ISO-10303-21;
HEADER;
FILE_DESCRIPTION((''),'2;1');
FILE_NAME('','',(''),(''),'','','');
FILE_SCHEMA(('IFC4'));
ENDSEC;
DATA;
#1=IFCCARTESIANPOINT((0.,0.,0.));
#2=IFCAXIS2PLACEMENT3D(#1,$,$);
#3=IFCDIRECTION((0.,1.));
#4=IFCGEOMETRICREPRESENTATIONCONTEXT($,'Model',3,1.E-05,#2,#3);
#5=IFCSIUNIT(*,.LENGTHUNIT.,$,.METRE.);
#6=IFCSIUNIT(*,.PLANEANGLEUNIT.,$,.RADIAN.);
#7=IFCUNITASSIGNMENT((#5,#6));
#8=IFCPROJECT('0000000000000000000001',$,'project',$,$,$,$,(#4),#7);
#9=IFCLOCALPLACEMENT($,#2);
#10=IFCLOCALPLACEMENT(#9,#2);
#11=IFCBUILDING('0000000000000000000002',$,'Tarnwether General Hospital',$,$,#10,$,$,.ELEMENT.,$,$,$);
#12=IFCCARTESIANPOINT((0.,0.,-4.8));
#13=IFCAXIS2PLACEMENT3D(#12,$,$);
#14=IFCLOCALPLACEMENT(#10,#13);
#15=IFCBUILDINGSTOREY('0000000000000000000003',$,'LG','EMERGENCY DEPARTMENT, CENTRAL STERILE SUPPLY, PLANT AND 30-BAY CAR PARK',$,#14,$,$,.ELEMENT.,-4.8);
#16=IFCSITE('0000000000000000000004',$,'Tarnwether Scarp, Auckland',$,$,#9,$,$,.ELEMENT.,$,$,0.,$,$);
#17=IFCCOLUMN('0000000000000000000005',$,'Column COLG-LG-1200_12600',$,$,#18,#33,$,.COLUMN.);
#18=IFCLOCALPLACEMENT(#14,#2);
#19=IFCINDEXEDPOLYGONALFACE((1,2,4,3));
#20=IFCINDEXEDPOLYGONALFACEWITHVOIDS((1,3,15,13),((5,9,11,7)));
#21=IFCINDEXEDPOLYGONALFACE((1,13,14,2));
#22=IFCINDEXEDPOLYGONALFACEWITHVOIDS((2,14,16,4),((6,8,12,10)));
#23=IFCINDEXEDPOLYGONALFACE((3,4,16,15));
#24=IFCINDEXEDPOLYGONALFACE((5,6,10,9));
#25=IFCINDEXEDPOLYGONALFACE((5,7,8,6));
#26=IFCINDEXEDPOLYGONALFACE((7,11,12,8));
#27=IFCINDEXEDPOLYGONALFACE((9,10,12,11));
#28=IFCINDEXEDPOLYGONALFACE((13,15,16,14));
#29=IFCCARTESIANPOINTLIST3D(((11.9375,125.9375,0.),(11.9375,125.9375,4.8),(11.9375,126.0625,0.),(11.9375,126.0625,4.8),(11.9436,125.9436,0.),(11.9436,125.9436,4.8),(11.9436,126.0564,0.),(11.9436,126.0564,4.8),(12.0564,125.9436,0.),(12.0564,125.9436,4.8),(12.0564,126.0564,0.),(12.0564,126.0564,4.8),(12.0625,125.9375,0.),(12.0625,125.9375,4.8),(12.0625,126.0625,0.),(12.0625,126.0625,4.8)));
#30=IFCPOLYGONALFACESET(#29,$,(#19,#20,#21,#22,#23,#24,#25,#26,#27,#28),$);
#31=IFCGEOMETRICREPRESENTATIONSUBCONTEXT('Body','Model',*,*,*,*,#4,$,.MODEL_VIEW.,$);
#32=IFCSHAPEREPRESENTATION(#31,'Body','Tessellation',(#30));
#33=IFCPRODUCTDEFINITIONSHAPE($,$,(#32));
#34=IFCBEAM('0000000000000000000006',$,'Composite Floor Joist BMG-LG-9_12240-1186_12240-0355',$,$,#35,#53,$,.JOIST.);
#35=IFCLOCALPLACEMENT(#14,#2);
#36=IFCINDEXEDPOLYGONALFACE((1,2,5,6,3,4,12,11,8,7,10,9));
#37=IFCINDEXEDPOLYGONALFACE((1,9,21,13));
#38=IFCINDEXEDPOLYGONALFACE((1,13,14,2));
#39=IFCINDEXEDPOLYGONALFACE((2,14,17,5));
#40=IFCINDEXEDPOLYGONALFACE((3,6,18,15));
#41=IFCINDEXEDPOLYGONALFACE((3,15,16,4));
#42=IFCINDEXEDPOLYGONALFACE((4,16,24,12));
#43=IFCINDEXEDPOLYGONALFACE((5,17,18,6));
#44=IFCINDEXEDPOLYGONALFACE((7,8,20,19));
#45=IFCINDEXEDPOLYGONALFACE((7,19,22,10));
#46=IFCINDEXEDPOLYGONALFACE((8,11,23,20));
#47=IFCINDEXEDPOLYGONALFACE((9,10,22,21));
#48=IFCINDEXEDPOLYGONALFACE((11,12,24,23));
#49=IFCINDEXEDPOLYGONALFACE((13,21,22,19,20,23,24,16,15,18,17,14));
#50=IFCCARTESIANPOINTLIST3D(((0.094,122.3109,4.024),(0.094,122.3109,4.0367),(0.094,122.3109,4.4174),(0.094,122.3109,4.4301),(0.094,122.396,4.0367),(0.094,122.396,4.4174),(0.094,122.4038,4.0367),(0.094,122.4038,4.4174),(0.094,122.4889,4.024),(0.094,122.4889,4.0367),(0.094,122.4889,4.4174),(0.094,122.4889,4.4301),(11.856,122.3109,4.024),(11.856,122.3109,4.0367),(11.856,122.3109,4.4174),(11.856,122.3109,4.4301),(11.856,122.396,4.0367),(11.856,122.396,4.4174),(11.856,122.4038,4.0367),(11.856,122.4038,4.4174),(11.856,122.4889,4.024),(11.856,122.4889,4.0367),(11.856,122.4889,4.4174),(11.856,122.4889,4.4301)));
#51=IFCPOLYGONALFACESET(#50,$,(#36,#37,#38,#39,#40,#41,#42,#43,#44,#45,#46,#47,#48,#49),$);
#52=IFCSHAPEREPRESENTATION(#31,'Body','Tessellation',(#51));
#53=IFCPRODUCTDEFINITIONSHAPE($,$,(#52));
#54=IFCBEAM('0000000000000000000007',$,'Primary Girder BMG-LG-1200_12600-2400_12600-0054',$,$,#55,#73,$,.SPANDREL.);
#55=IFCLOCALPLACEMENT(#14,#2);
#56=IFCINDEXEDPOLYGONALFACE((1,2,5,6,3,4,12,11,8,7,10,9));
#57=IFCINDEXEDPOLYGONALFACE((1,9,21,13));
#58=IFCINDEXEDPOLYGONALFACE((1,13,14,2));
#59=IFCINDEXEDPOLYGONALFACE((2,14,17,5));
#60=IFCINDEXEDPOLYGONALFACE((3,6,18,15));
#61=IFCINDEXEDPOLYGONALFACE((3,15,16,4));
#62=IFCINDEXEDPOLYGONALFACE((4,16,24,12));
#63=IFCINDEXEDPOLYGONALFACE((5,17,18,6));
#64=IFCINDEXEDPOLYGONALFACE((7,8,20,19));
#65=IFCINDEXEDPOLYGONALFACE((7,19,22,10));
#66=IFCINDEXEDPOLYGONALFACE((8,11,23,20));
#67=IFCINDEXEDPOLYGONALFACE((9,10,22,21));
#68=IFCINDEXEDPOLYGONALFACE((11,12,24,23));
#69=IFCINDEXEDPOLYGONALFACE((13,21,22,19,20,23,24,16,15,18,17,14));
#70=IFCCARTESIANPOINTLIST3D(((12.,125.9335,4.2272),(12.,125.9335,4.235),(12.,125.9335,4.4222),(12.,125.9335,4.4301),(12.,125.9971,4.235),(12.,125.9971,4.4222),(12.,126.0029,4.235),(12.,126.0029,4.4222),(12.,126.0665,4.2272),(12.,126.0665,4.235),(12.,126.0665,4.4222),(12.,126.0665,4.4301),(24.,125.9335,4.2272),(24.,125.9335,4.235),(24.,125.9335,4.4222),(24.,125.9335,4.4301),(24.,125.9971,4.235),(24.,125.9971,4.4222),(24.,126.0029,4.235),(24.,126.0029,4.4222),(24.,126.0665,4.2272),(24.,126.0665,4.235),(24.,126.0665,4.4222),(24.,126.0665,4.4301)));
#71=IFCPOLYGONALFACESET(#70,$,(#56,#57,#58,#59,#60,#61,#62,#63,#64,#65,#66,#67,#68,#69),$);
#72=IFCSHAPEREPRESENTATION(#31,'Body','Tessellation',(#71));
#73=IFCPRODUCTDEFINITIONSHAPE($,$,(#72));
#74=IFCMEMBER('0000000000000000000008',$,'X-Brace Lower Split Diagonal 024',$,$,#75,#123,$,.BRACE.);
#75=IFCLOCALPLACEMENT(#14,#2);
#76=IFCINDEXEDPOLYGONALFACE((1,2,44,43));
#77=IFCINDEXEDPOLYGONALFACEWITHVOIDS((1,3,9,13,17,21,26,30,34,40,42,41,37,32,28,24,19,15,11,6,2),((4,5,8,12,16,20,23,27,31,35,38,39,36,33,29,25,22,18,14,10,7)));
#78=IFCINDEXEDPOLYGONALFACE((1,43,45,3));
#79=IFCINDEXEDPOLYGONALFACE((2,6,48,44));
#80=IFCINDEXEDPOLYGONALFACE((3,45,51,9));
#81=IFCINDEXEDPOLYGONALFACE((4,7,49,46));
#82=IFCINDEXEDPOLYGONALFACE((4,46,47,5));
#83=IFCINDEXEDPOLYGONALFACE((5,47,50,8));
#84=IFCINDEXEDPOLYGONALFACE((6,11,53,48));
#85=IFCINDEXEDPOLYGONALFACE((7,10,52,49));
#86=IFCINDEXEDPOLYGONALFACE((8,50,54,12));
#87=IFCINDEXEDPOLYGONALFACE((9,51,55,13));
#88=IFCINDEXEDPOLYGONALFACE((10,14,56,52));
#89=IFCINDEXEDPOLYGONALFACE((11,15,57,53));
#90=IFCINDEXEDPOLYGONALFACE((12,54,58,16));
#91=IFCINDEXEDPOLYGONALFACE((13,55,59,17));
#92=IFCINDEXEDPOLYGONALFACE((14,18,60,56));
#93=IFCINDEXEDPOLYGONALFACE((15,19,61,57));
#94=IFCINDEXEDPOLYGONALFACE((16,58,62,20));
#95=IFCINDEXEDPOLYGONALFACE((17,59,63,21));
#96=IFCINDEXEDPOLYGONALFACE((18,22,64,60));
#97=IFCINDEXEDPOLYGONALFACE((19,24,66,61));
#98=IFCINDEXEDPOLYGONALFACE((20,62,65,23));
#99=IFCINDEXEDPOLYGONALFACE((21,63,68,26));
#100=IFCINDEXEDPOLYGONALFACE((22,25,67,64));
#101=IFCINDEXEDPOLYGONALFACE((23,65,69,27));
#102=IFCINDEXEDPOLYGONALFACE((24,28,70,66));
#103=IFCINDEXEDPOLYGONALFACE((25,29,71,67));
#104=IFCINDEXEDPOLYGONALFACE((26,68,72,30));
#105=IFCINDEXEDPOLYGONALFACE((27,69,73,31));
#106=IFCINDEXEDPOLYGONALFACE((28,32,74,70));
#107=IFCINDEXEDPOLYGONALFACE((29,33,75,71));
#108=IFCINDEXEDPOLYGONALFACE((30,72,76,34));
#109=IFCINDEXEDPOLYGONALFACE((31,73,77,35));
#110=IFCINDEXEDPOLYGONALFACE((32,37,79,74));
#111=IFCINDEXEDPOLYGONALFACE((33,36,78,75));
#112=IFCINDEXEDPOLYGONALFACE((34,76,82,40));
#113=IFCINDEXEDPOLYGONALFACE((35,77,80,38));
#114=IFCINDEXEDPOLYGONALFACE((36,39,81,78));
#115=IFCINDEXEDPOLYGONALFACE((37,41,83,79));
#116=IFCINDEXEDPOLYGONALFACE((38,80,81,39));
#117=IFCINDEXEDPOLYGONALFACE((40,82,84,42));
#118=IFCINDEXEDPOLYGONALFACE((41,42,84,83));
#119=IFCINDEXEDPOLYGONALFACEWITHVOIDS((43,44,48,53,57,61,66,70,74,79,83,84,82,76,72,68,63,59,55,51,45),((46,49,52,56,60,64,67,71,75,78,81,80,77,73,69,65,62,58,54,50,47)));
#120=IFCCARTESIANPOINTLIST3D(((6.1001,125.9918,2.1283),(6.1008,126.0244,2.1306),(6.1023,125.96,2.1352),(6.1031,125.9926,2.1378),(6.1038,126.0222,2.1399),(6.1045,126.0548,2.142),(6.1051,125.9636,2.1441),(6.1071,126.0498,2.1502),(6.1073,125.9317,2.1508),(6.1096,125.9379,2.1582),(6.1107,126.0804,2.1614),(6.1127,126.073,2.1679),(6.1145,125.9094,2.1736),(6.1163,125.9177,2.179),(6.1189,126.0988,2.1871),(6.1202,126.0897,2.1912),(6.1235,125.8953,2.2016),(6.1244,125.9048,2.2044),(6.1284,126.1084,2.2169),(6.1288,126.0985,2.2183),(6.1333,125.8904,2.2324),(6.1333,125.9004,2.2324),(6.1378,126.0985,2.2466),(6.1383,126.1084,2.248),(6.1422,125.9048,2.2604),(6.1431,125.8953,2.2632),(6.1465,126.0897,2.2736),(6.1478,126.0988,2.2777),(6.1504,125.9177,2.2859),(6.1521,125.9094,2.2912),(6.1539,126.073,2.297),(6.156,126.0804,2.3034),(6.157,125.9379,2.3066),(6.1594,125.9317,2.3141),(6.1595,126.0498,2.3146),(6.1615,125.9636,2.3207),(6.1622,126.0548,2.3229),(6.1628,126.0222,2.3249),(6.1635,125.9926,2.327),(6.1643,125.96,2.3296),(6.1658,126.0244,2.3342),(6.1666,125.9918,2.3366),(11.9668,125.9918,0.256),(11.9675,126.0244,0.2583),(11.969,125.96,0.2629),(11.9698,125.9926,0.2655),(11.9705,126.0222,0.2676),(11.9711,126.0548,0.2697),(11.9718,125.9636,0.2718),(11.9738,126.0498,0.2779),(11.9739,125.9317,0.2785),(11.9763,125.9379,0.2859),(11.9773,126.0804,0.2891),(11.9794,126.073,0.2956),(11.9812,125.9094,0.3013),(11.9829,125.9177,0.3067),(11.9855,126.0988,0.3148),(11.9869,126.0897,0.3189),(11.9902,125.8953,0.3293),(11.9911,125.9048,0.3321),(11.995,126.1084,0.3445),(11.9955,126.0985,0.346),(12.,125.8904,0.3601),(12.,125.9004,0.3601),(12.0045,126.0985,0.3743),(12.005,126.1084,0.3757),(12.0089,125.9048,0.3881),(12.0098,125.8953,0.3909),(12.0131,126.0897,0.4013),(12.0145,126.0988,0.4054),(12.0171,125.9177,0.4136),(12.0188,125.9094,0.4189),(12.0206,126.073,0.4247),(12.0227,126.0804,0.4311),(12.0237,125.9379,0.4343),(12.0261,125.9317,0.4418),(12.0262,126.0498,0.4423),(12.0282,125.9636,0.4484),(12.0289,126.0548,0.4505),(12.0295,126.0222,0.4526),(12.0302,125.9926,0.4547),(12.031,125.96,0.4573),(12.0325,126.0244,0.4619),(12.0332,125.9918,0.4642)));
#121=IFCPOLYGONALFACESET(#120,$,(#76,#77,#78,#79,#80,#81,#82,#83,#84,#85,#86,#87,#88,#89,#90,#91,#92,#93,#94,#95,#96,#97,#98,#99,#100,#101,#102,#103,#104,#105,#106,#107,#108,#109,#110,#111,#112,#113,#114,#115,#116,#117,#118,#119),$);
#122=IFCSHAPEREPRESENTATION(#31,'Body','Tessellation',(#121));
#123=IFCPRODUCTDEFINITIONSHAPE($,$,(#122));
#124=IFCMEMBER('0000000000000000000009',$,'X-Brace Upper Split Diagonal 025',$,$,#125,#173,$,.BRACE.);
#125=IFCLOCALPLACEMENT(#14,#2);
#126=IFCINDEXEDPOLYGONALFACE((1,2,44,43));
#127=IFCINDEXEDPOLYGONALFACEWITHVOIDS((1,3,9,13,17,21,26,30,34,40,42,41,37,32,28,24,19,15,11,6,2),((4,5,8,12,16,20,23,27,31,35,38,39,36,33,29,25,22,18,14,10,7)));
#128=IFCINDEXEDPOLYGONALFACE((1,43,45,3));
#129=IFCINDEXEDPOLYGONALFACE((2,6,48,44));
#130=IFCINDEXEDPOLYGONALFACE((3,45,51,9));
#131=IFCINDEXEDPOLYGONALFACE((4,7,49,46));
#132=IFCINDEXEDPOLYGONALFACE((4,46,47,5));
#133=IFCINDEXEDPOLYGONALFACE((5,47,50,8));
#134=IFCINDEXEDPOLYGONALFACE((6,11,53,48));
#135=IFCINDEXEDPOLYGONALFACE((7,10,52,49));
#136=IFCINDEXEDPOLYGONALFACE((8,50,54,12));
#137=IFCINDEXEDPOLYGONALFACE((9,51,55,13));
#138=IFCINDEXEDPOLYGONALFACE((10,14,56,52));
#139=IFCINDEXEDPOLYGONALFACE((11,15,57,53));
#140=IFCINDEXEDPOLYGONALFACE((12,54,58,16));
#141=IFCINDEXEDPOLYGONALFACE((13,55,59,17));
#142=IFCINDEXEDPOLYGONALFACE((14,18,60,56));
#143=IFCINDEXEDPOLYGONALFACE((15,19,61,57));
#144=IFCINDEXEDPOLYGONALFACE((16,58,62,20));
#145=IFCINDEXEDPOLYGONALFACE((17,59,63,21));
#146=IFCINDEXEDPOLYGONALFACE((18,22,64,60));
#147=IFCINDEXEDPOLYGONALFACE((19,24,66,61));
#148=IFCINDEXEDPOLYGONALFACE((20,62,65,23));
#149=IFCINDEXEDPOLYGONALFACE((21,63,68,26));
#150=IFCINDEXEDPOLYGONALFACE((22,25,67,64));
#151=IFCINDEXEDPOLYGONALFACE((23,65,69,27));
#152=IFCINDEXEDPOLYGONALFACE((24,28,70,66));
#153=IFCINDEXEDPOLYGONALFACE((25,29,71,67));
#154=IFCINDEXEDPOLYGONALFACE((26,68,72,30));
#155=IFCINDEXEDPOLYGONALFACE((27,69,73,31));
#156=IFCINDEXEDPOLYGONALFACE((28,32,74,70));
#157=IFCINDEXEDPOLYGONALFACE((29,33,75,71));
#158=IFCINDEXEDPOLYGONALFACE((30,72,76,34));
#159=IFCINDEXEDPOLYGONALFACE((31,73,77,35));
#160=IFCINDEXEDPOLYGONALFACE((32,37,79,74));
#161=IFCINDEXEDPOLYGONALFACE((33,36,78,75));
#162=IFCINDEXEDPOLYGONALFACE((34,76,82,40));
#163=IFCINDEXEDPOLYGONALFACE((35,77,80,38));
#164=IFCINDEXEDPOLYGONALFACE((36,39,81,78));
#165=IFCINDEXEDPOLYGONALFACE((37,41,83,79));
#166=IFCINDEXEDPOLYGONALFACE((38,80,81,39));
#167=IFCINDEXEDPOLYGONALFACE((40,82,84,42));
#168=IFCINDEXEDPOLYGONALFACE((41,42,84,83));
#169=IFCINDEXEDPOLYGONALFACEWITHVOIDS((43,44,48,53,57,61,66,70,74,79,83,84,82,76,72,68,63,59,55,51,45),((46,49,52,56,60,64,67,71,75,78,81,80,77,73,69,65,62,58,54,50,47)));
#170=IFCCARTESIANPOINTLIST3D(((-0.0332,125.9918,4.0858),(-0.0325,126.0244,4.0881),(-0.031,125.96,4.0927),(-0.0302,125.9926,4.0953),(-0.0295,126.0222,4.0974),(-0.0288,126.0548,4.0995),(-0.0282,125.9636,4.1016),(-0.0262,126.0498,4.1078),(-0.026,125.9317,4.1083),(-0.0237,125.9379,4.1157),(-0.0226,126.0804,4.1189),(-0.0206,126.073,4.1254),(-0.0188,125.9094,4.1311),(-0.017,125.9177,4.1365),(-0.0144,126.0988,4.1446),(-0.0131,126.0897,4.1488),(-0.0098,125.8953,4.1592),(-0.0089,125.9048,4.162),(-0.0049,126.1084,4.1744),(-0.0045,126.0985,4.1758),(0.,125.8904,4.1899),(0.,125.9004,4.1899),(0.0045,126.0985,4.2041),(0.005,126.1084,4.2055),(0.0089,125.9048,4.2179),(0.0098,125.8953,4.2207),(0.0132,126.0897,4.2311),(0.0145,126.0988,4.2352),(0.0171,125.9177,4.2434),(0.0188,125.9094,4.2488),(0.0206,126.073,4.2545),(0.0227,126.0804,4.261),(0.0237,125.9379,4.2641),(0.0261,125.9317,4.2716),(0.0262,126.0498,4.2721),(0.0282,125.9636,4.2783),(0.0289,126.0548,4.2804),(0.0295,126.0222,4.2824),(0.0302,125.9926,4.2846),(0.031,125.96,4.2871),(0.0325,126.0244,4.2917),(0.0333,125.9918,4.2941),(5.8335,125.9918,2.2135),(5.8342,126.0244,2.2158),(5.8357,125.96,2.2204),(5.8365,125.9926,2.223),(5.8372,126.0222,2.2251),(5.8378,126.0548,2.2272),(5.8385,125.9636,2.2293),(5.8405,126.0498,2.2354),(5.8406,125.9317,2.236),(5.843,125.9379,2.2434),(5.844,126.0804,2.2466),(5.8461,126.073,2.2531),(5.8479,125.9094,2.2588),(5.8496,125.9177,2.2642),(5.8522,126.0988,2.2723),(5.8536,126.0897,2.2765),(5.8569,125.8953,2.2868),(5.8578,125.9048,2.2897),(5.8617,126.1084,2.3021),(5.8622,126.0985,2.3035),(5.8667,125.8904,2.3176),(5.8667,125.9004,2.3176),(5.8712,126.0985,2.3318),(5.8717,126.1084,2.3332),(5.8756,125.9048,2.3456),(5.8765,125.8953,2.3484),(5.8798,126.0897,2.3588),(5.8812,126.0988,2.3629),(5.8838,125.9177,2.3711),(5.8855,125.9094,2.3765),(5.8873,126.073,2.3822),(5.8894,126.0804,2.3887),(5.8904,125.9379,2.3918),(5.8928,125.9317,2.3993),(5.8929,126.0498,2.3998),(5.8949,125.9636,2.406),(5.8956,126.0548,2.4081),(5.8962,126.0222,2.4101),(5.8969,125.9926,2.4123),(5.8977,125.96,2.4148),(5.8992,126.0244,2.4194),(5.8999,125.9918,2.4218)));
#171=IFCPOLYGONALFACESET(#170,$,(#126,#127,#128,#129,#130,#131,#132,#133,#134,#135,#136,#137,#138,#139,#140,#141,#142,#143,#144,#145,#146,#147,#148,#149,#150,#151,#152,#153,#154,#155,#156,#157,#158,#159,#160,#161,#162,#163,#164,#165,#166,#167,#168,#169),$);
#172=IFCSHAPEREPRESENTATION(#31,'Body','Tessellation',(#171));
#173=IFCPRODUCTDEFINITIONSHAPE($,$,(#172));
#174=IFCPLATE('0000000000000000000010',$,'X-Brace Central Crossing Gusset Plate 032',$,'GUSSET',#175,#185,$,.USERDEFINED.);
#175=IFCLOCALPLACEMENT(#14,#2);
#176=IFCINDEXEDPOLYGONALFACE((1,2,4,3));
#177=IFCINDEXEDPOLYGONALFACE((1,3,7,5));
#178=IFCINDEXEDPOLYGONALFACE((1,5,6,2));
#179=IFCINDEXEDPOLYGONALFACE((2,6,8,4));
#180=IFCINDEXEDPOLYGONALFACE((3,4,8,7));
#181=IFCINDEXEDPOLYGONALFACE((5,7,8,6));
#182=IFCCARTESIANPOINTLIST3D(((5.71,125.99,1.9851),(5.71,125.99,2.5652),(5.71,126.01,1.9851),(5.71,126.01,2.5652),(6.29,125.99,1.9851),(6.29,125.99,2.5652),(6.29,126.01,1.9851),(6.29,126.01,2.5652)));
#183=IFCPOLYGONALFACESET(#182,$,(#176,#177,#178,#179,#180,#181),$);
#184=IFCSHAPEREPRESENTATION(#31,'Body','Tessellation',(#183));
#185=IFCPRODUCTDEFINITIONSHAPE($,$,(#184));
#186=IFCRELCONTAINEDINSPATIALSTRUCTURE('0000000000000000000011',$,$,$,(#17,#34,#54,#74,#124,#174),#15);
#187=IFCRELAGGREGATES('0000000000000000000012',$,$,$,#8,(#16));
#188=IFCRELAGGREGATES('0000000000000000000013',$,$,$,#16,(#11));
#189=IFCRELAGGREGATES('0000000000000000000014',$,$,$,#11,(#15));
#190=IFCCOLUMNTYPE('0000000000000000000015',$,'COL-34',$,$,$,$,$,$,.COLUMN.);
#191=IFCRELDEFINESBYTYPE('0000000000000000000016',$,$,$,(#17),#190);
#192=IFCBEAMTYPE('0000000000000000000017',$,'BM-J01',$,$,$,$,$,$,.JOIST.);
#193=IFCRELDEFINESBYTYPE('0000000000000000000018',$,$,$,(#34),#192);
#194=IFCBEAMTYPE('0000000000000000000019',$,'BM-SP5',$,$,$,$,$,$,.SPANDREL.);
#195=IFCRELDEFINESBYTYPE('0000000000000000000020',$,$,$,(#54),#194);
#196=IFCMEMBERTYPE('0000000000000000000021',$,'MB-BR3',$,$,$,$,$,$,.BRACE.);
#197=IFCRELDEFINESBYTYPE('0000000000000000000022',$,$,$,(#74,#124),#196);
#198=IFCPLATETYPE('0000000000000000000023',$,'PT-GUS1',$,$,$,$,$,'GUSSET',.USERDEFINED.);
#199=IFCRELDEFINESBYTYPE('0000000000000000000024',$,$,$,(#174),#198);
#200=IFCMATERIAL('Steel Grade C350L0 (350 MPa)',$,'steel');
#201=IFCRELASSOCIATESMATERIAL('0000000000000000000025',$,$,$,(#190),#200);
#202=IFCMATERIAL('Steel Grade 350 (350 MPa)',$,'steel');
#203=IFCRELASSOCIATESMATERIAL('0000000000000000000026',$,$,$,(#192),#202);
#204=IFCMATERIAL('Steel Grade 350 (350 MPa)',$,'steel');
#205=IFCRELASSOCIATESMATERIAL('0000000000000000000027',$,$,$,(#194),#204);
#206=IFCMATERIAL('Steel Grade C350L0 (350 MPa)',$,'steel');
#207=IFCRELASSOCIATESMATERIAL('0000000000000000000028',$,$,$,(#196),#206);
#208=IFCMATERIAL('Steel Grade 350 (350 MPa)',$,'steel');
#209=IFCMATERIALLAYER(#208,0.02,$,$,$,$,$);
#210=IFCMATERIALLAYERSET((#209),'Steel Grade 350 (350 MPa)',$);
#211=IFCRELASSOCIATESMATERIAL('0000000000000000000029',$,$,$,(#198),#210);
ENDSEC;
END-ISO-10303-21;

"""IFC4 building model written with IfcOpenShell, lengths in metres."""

from ifc_helpers import new_model, si_unit, direction, frame, origin, origin_2d, place, context, subcontext, project, spatial, rectangle, hollow_rectangle, hollow_circle, i_section, extrude, material, layer, layer_set, material_profile, profile_set, type_object, element, save


model = new_model("IFC4")

# Units and contexts
model_context = context("Model", 3, precision=1e-05, world=origin(), true_north=direction((0.0, 1.0)))
body_context = subcontext(model_context, "Body", "Model", "MODEL_VIEW")
ifc_project = project(units=[si_unit("LENGTHUNIT", "METRE"), si_unit("PLANEANGLEUNIT", "RADIAN")], contexts=[model_context])

# Site, building, storey
site_placement = place(None, origin())
site = spatial("IfcSite", under=ifc_project, at=site_placement, Name="Tarnwether Scarp, Auckland", CompositionType="ELEMENT", RefElevation=0.0)
building_placement = place(site_placement, origin())
building = spatial("IfcBuilding", under=site, at=building_placement, Name="Tarnwether General Hospital", CompositionType="ELEMENT")
storey_placement = place(building_placement, frame((0.0, 0.0, -4.8)))
storey = spatial("IfcBuildingStorey", under=building, at=storey_placement, Name="LG", Description="EMERGENCY DEPARTMENT, CENTRAL STERILE SUPPLY, PLANT AND 30-BAY CAR PARK", CompositionType="ELEMENT", Elevation=-4.8)

# Column
ifc_material_1 = material(Name="Steel Grade C350L0 (350 MPa)", Category="steel")
ifc_material_profile_1 = material_profile(ifc_material_1, hollow_rectangle(XDim=0.125, YDim=0.125, WallThickness=0.0061, at=origin_2d()), Name="SHS125x125x6")
ifc_profile_set_1 = profile_set([ifc_material_profile_1], Name="Steel Grade C350L0 (350 MPa)")
column_type = type_object("IfcColumnType", Name="COL-34", PredefinedType="COLUMN", material=ifc_profile_set_1)
column_placement = place(storey_placement, frame((12.0, 126.0, 0.0), z_axis=(0.0, 0.0, 1.0), x_axis=(0.0, 1.0, 0.0)))
element("IfcColumn", 1, at=column_placement, inside=storey, type_object=column_type, Name="Column COLG-LG-1200_12600", PredefinedType="COLUMN", context=body_context, shape_type="SweptSolid", body=[
    extrude(hollow_rectangle(XDim=0.125, YDim=0.125, WallThickness=0.0061, at=origin_2d()), origin(), (0.0, 0.0, 1.0), 4.8),
])

# Beams
ifc_material_2 = material(Name="Steel Grade 350 (350 MPa)", Category="steel")
ifc_material_profile_2 = material_profile(ifc_material_2, i_section(OverallWidth=0.178, OverallDepth=0.406, WebThickness=0.0078, FlangeThickness=0.0127, at=origin_2d()), Name="410UB59.7")
ifc_profile_set_2 = profile_set([ifc_material_profile_2], Name="Steel Grade 350 (350 MPa)")
beam_type_1 = type_object("IfcBeamType", Name="BM-J01", PredefinedType="JOIST", material=ifc_profile_set_2)
beam_1_placement = place(storey_placement, frame((0.094, 122.3999, 4.2271), z_axis=(1.0, 0.0, 0.0), x_axis=(0.0, 1.0, 0.0)))
element("IfcBeam", 2, at=beam_1_placement, inside=storey, type_object=beam_type_1, Name="Composite Floor Joist BMG-LG-9_12240-1186_12240-0355", PredefinedType="JOIST", context=body_context, shape_type="SweptSolid", body=[
    extrude(i_section(OverallWidth=0.178, OverallDepth=0.406, WebThickness=0.0078, FlangeThickness=0.0127, at=origin_2d()), origin(), (0.0, 0.0, 1.0), 11.762),
])
ifc_material_3 = material(Name="Steel Grade 350 (350 MPa)", Category="steel")
ifc_material_profile_3 = material_profile(ifc_material_3, i_section(OverallWidth=0.1331, OverallDepth=0.2029, WebThickness=0.0059, FlangeThickness=0.0078, at=origin_2d()), Name="200UB25.4")
ifc_profile_set_3 = profile_set([ifc_material_profile_3], Name="Steel Grade 350 (350 MPa)")
beam_type_2 = type_object("IfcBeamType", Name="BM-SP5", PredefinedType="SPANDREL", material=ifc_profile_set_3)
beam_2_placement = place(storey_placement, frame((12.0, 126.0, 4.3286), z_axis=(1.0, 0.0, 0.0), x_axis=(0.0, 1.0, 0.0)))
element("IfcBeam", 3, at=beam_2_placement, inside=storey, type_object=beam_type_2, Name="Primary Girder BMG-LG-1200_12600-2400_12600-0054", PredefinedType="SPANDREL", context=body_context, shape_type="SweptSolid", body=[
    extrude(i_section(OverallWidth=0.1331, OverallDepth=0.2029, WebThickness=0.0059, FlangeThickness=0.0078, at=origin_2d()), origin(), (0.0, 0.0, 1.0), 12.0),
])

# Members
ifc_material_4 = material(Name="Steel Grade C350L0 (350 MPa)", Category="steel")
ifc_material_profile_4 = material_profile(ifc_material_4, hollow_circle(Radius=0.1096, WallThickness=0.01, at=origin_2d()), Name="CHS219.1x10.0")
ifc_profile_set_4 = profile_set([ifc_material_profile_4], Name="Steel Grade C350L0 (350 MPa)")
member_type = type_object("IfcMemberType", Name="MB-BR3", PredefinedType="BRACE", material=ifc_profile_set_4)
for number, where, z_axis, x_axis, name in (
    (4, (12.0, 126.0, 0.3601), (-0.952661, 0.0, 0.304035), (0.0, -1.0, 0.0), "X-Brace Lower Split Diagonal 024"),
    (5, (5.8667, 126.0, 2.3176), (-0.952661, 0.0, 0.304035), (0.0, -1.0, 0.0), "X-Brace Upper Split Diagonal 025"),
):
    element("IfcMember", number, at=place(storey_placement, frame(where, z_axis=z_axis, x_axis=x_axis)), inside=storey, type_object=member_type, Name=name, PredefinedType="BRACE", context=body_context, shape_type="SweptSolid", body=[
        extrude(hollow_circle(Radius=0.1096, WallThickness=0.01, at=origin_2d()), origin(), (0.0, 0.0, 1.0), 6.1582),
    ])

# Plate
ifc_material_5 = material(Name="Steel Grade 350 (350 MPa)", Category="steel")
ifc_layer_1 = layer(ifc_material_5, 0.02)
ifc_layer_set_1 = layer_set([ifc_layer_1], Name="Steel Grade 350 (350 MPa)")
plate_type_1 = type_object("IfcPlateType", Name="PT-GUS1", ElementType="GUSSET", PredefinedType="USERDEFINED", material=ifc_layer_set_1)
plate_1_placement = place(storey_placement, frame((6.0, 126.0, 1.9851), z_axis=(0.0, 0.0, 1.0), x_axis=(1.0, 0.0, 0.0)))
element("IfcPlate", 6, at=plate_1_placement, inside=storey, type_object=plate_type_1, Name="X-Brace Central Crossing Gusset Plate 032", ObjectType="GUSSET", PredefinedType="USERDEFINED", context=body_context, shape_type="SweptSolid", body=[
    extrude(rectangle(XDim=0.5801, YDim=0.02, at=origin_2d()), origin(), (0.0, 0.0, 1.0), 0.5801),
])

save(model, "model.ifc")
